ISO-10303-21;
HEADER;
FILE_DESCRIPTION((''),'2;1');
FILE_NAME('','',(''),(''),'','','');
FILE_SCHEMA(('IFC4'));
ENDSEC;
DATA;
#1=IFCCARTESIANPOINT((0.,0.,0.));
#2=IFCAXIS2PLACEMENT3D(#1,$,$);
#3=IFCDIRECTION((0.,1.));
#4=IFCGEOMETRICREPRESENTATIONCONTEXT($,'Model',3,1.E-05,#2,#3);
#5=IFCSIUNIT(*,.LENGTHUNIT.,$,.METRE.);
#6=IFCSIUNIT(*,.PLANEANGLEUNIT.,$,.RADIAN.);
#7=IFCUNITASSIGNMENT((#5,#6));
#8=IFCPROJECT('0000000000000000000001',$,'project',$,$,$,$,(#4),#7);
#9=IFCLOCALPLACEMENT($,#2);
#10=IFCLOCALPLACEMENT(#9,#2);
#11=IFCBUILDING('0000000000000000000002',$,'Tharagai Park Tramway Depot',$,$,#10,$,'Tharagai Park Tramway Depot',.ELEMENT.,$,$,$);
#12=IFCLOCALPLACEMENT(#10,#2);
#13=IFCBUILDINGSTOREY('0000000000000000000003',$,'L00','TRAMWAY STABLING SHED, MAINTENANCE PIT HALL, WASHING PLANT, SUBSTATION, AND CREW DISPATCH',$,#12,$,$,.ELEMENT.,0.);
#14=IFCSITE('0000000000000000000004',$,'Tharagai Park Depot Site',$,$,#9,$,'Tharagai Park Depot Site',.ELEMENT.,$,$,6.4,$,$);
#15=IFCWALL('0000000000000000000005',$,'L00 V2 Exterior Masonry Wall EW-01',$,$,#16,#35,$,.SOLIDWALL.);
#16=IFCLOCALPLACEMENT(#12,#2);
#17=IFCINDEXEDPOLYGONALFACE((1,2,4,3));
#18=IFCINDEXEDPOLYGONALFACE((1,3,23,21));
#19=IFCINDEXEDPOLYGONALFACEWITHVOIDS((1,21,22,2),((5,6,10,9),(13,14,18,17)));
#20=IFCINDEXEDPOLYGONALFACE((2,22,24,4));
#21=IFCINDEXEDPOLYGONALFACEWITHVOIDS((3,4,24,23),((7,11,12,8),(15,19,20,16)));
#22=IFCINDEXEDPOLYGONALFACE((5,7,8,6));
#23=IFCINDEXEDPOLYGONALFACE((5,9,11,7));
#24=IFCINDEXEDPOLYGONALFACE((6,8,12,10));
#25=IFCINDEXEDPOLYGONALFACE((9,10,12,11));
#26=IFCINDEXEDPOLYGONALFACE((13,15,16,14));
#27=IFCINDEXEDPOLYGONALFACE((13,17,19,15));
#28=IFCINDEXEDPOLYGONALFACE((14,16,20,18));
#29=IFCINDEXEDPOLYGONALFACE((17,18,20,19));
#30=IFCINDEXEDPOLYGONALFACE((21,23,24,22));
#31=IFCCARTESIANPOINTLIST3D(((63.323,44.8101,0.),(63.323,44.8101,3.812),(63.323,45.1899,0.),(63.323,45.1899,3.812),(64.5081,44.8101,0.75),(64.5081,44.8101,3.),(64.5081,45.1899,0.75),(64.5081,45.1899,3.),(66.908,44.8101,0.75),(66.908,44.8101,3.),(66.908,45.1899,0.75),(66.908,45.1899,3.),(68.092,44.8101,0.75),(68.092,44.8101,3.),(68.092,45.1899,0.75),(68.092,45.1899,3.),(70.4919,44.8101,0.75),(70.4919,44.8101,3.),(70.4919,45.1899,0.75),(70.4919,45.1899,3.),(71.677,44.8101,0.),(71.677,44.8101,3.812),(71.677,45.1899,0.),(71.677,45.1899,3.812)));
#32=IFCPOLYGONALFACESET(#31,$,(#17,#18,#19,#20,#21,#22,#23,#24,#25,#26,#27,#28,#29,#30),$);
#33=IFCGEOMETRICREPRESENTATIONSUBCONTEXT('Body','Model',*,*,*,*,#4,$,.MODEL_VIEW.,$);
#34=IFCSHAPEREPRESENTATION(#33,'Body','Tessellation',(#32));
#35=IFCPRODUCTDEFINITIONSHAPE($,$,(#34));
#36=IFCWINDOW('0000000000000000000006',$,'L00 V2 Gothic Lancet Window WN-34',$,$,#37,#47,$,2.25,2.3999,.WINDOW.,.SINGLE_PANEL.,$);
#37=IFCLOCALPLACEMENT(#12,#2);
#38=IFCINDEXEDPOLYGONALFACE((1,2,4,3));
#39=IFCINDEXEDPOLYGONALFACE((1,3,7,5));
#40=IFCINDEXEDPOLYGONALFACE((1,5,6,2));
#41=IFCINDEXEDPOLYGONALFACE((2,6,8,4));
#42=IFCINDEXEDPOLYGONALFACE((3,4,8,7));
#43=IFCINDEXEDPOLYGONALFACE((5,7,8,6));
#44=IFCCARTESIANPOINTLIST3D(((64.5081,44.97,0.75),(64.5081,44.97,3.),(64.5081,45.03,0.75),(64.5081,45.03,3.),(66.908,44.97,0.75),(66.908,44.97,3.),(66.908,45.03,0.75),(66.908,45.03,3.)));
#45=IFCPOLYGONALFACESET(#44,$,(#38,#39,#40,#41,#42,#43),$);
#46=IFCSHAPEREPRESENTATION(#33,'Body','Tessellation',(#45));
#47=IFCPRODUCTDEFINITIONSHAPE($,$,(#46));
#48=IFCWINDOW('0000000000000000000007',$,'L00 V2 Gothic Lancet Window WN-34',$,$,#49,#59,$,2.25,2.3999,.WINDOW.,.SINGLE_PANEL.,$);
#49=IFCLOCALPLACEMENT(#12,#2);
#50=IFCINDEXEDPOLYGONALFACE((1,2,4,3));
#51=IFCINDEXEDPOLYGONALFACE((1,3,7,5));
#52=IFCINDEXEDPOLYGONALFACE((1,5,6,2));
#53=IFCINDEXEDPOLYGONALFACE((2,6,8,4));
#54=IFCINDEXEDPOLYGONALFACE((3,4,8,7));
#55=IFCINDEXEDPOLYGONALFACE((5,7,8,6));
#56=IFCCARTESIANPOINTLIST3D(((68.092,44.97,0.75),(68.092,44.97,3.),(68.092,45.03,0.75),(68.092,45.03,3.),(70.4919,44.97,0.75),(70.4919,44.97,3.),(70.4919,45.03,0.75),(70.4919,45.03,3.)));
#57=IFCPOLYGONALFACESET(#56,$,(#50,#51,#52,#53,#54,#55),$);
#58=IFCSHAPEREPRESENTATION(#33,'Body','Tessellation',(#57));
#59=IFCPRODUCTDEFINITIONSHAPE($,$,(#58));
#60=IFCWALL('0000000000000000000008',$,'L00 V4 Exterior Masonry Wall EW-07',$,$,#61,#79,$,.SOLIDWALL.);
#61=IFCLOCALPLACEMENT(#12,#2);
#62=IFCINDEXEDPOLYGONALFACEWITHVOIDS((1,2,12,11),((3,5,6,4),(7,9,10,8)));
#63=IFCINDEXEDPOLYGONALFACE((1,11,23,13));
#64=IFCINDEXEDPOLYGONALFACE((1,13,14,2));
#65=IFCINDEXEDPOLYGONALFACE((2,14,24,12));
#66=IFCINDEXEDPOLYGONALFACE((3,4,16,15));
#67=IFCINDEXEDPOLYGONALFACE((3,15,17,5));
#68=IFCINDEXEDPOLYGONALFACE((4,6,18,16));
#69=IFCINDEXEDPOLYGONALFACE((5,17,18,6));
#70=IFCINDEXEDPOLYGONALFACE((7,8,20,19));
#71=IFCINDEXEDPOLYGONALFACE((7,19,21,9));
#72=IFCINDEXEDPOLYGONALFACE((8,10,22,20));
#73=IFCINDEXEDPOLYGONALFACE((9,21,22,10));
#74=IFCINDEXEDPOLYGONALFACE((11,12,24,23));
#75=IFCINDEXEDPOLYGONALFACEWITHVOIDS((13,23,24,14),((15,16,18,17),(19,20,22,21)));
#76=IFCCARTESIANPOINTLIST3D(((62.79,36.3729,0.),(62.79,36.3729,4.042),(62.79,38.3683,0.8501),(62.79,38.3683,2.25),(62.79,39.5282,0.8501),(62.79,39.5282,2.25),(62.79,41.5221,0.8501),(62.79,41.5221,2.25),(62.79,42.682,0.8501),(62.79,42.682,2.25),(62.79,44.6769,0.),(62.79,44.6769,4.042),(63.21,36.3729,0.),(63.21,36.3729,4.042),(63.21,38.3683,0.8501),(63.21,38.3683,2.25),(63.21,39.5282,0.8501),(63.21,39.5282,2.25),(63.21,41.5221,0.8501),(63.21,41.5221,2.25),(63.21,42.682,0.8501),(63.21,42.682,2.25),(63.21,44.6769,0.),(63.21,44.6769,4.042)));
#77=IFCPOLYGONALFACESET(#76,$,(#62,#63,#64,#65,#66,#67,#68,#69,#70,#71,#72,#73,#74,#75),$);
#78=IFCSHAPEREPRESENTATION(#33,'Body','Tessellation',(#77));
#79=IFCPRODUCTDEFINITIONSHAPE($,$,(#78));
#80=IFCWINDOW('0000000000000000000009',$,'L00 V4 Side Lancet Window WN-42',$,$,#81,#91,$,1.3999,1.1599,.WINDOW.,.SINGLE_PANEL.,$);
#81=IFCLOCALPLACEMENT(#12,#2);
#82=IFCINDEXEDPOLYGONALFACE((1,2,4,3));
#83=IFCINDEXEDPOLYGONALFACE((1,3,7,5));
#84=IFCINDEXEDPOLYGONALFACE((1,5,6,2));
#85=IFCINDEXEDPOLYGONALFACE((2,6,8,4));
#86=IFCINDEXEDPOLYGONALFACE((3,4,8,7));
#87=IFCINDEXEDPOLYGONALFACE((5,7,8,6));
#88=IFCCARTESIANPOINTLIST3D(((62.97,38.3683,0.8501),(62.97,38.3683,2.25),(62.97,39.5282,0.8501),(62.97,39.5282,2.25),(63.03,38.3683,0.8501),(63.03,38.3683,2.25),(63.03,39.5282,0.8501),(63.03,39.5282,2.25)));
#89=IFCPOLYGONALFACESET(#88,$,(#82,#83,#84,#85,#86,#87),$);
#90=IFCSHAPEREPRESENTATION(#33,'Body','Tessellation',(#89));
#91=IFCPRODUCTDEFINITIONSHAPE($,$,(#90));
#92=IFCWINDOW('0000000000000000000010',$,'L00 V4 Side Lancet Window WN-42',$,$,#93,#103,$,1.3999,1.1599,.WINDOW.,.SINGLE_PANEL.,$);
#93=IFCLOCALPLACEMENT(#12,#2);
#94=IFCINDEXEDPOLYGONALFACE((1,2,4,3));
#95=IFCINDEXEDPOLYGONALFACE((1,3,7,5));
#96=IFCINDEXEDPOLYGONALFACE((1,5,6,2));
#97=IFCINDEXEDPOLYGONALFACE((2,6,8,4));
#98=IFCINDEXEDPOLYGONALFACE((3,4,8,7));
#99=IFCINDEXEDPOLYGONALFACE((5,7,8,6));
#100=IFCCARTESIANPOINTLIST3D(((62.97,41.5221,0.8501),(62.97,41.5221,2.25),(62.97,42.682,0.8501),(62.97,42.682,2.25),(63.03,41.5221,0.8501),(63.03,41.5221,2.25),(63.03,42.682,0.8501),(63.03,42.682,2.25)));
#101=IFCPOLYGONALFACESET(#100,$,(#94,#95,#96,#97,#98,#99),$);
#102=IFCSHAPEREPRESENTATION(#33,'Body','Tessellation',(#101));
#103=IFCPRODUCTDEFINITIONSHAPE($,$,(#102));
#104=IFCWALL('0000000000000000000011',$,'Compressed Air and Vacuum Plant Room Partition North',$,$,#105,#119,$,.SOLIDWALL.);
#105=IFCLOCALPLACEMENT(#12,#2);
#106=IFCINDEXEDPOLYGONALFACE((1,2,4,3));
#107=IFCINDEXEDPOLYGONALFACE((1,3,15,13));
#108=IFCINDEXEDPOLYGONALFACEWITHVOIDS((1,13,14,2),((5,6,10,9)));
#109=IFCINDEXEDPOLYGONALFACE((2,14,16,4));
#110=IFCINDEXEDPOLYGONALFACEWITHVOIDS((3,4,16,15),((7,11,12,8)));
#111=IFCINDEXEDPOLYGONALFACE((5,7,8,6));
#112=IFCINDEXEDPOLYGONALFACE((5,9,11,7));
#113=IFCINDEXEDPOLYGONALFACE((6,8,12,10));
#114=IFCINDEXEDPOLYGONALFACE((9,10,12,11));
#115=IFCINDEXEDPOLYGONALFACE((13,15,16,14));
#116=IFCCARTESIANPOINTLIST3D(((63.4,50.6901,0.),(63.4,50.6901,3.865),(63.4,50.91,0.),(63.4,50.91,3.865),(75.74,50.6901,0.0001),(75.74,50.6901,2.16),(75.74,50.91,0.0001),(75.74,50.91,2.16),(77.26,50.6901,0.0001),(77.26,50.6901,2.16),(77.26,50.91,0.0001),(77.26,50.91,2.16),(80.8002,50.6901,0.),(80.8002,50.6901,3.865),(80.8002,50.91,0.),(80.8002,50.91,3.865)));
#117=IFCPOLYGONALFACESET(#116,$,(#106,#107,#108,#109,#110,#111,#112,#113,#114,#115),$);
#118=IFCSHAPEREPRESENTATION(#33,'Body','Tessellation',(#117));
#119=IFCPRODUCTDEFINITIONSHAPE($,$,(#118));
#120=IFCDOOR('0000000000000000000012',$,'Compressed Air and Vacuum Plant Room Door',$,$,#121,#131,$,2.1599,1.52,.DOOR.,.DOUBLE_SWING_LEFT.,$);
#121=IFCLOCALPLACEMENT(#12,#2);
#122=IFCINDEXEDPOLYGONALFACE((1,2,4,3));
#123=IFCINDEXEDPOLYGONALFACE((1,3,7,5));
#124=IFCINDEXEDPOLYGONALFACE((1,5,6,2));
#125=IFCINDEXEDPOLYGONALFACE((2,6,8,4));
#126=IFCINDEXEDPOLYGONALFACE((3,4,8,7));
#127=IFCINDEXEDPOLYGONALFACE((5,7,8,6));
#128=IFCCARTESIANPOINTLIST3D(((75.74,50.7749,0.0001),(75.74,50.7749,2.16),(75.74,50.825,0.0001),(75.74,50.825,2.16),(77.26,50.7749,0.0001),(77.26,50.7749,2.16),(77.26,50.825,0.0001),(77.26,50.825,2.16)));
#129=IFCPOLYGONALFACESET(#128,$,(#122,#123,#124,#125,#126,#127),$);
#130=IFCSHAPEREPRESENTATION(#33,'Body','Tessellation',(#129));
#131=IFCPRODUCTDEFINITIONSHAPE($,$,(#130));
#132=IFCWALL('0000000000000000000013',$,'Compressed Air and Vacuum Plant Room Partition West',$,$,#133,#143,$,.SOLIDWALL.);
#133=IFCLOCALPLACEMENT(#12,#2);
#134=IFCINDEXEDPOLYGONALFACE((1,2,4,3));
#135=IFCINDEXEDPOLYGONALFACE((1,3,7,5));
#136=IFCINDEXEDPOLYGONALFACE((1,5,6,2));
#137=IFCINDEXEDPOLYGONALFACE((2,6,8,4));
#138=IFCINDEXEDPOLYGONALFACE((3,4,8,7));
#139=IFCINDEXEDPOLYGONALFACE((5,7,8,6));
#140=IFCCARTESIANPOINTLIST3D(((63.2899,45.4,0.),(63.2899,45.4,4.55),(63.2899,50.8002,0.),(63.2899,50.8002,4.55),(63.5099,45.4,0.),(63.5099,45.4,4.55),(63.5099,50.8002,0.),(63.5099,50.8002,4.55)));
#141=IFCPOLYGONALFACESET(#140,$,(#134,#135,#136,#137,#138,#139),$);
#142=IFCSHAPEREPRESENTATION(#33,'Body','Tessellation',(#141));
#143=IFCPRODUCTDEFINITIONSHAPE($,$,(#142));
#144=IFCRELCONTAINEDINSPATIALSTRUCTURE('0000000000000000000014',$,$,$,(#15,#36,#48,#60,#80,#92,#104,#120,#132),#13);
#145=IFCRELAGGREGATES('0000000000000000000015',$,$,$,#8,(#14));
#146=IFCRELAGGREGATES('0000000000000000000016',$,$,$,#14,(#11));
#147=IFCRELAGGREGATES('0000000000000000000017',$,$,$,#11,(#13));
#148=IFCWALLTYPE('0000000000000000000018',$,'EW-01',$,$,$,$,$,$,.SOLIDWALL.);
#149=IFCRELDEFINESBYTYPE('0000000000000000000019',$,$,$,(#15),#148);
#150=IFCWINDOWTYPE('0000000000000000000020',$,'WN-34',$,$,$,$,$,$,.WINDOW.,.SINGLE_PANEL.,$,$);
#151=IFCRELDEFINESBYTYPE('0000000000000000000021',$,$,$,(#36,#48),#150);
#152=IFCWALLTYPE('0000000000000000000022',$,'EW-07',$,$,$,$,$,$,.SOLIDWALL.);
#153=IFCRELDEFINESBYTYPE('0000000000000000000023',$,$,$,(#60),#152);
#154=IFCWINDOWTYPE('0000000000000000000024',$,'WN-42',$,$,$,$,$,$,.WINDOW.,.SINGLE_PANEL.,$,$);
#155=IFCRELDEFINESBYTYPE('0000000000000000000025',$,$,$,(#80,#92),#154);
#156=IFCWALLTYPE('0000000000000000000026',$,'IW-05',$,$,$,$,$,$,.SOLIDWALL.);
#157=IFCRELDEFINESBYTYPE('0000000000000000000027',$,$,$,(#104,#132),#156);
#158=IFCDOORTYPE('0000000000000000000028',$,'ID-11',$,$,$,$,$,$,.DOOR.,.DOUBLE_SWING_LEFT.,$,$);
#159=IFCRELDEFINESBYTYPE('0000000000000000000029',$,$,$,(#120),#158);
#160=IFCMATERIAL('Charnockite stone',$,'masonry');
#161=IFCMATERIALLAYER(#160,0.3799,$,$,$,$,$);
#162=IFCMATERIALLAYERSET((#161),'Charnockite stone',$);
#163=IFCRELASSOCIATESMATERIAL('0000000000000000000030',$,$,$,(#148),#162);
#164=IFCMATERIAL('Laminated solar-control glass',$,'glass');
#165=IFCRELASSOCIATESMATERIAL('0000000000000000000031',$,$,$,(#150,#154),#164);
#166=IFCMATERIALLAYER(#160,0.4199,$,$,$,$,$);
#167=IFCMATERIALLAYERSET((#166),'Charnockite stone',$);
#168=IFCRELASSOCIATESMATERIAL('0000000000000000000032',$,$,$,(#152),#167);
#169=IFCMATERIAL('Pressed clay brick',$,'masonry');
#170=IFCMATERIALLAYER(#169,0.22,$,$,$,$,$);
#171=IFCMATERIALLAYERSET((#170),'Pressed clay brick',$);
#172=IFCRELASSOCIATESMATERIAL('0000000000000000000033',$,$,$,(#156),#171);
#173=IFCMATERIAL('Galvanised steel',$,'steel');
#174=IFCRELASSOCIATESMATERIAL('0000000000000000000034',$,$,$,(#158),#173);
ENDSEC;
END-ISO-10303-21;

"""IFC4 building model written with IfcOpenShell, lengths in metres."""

from ifc_helpers import new_model, si_unit, direction, frame, frame_2d, origin, place, context, subcontext, project, spatial, rectangle, extrude, material, layer, layer_set, type_object, element, fill, save


model = new_model("IFC4")

# Units and contexts
model_context = context("Model", 3, precision=1e-05, world=origin(), true_north=direction((0.0, 1.0)))
body_context = subcontext(model_context, "Body", "Model", "MODEL_VIEW")
ifc_project = project(units=[si_unit("LENGTHUNIT", "METRE"), si_unit("PLANEANGLEUNIT", "RADIAN")], contexts=[model_context])

# Site, building, storey
site_placement = place(None, origin())
site = spatial("IfcSite", under=ifc_project, at=site_placement, Name="Tharagai Park Depot Site", LongName="Tharagai Park Depot Site", CompositionType="ELEMENT", RefElevation=6.4)
building_placement = place(site_placement, origin())
building = spatial("IfcBuilding", under=site, at=building_placement, Name="Tharagai Park Tramway Depot", LongName="Tharagai Park Tramway Depot", CompositionType="ELEMENT")
storey_placement = place(building_placement, origin())
storey = spatial("IfcBuildingStorey", under=building, at=storey_placement, Name="L00", Description="TRAMWAY STABLING SHED, MAINTENANCE PIT HALL, WASHING PLANT, SUBSTATION, AND CREW DISPATCH", CompositionType="ELEMENT", Elevation=0.0)

# Walls, openings, windows
ifc_material_1 = material(Name="Charnockite stone", Category="masonry")
ifc_layer_1 = layer(ifc_material_1, 0.3799)
ifc_layer_set_1 = layer_set([ifc_layer_1], Name="Charnockite stone")
wall_type_1 = type_object("IfcWallType", Name="EW-01", PredefinedType="SOLIDWALL", material=ifc_layer_set_1)
wall_1_placement = place(storey_placement, frame((63.323, 45.0, 0.0), z_axis=(0.0, 0.0, 1.0), x_axis=(1.0, 0.0, 0.0)))
wall_1 = element("IfcWall", 1, at=wall_1_placement, inside=storey, type_object=wall_type_1, Name="L00 V2 Exterior Masonry Wall EW-01", PredefinedType="SOLIDWALL", context=body_context, shape_type="SweptSolid", body=[
    extrude(rectangle(XDim=8.354, YDim=0.3799, at=frame_2d((4.177, 0.0))), origin(), (0.0, 0.0, 1.0), 3.812),
])
opening_1_placement = place(wall_1_placement, frame((1.1851, 0.0, 0.75)))
opening_1 = element("IfcOpeningElement", 2, at=opening_1_placement, cuts=wall_1, PredefinedType="OPENING", context=body_context, shape_type="SweptSolid", body=[
    extrude(rectangle(XDim=2.3999, YDim=2.25, at=frame_2d((1.2, 1.125))), frame((0.0, 0.2, 0.0), z_axis=(0.0, -1.0, 0.0), x_axis=(1.0, 0.0, 0.0)), (0.0, 0.0, 1.0), 0.3999),
])
opening_2_placement = place(wall_1_placement, frame((4.769, 0.0, 0.75)))
opening_2 = element("IfcOpeningElement", 3, at=opening_2_placement, cuts=wall_1, PredefinedType="OPENING", context=body_context, shape_type="SweptSolid", body=[
    extrude(rectangle(XDim=2.3999, YDim=2.25, at=frame_2d((1.2, 1.125))), frame((0.0, 0.2, 0.0), z_axis=(0.0, -1.0, 0.0), x_axis=(1.0, 0.0, 0.0)), (0.0, 0.0, 1.0), 0.3999),
])
ifc_material_2 = material(Name="Laminated solar-control glass", Category="glass")
window_type_1 = type_object("IfcWindowType", Name="WN-34", PartitioningType="SINGLE_PANEL", PredefinedType="WINDOW", material=ifc_material_2)
window_1_placement = place(opening_1_placement, origin())
window_1 = element("IfcWindow", 4, at=window_1_placement, inside=storey, type_object=window_type_1, Name="L00 V2 Gothic Lancet Window WN-34", OverallHeight=2.25, OverallWidth=2.3999, PartitioningType="SINGLE_PANEL", PredefinedType="WINDOW", context=body_context, shape_type="SweptSolid", body=[
    extrude(rectangle(XDim=2.3999, YDim=2.25, at=frame_2d((1.2, 1.125))), frame((0.0, 0.03, 0.0), z_axis=(0.0, -1.0, 0.0), x_axis=(1.0, 0.0, 0.0)), (0.0, 0.0, 1.0), 0.0601),
])
fill(opening_1, window_1)
window_2_placement = place(opening_2_placement, origin())
window_2 = element("IfcWindow", 5, at=window_2_placement, inside=storey, type_object=window_type_1, Name="L00 V2 Gothic Lancet Window WN-34", OverallHeight=2.25, OverallWidth=2.3999, PartitioningType="SINGLE_PANEL", PredefinedType="WINDOW", context=body_context, shape_type="SweptSolid", body=[
    extrude(rectangle(XDim=2.3999, YDim=2.25, at=frame_2d((1.2, 1.125))), frame((0.0, 0.03, 0.0), z_axis=(0.0, -1.0, 0.0), x_axis=(1.0, 0.0, 0.0)), (0.0, 0.0, 1.0), 0.0601),
])
fill(opening_2, window_2)
ifc_layer_2 = layer(ifc_material_1, 0.4199)
ifc_layer_set_2 = layer_set([ifc_layer_2], Name="Charnockite stone")
wall_type_2 = type_object("IfcWallType", Name="EW-07", PredefinedType="SOLIDWALL", material=ifc_layer_set_2)
wall_2_placement = place(storey_placement, frame((63.0, 36.373, 0.0), z_axis=(0.0, 0.0, 1.0), x_axis=(0.0, 1.0, 0.0)))
wall_2 = element("IfcWall", 6, at=wall_2_placement, inside=storey, type_object=wall_type_2, Name="L00 V4 Exterior Masonry Wall EW-07", PredefinedType="SOLIDWALL", context=body_context, shape_type="SweptSolid", body=[
    extrude(rectangle(XDim=8.304, YDim=0.4199, at=frame_2d((4.1519, 0.0))), origin(), (0.0, 0.0, 1.0), 4.042),
])
opening_3_placement = place(wall_2_placement, frame((1.9951, 0.0, 0.8501)))
opening_3 = element("IfcOpeningElement", 7, at=opening_3_placement, cuts=wall_2, PredefinedType="OPENING", context=body_context, shape_type="SweptSolid", body=[
    extrude(rectangle(XDim=1.1599, YDim=1.3999, at=frame_2d((0.5801, 0.7))), frame((0.0, 0.22, 0.0), z_axis=(0.0, -1.0, 0.0), x_axis=(1.0, 0.0, 0.0)), (0.0, 0.0, 1.0), 0.4399),
])
opening_4_placement = place(wall_2_placement, frame((5.1489, 0.0, 0.8501)))
opening_4 = element("IfcOpeningElement", 8, at=opening_4_placement, cuts=wall_2, PredefinedType="OPENING", context=body_context, shape_type="SweptSolid", body=[
    extrude(rectangle(XDim=1.1599, YDim=1.3999, at=frame_2d((0.5801, 0.7))), frame((0.0, 0.22, 0.0), z_axis=(0.0, -1.0, 0.0), x_axis=(1.0, 0.0, 0.0)), (0.0, 0.0, 1.0), 0.4399),
])
window_type_2 = type_object("IfcWindowType", Name="WN-42", PartitioningType="SINGLE_PANEL", PredefinedType="WINDOW", material=ifc_material_2)
window_3_placement = place(opening_3_placement, origin())
window_3 = element("IfcWindow", 9, at=window_3_placement, inside=storey, type_object=window_type_2, Name="L00 V4 Side Lancet Window WN-42", OverallHeight=1.3999, OverallWidth=1.1599, PartitioningType="SINGLE_PANEL", PredefinedType="WINDOW", context=body_context, shape_type="SweptSolid", body=[
    extrude(rectangle(XDim=1.1599, YDim=1.3999, at=frame_2d((0.5801, 0.7))), frame((0.0, 0.03, 0.0), z_axis=(0.0, -1.0, 0.0), x_axis=(1.0, 0.0, 0.0)), (0.0, 0.0, 1.0), 0.0601),
])
fill(opening_3, window_3)
window_4_placement = place(opening_4_placement, origin())
window_4 = element("IfcWindow", 10, at=window_4_placement, inside=storey, type_object=window_type_2, Name="L00 V4 Side Lancet Window WN-42", OverallHeight=1.3999, OverallWidth=1.1599, PartitioningType="SINGLE_PANEL", PredefinedType="WINDOW", context=body_context, shape_type="SweptSolid", body=[
    extrude(rectangle(XDim=1.1599, YDim=1.3999, at=frame_2d((0.5801, 0.7))), frame((0.0, 0.03, 0.0), z_axis=(0.0, -1.0, 0.0), x_axis=(1.0, 0.0, 0.0)), (0.0, 0.0, 1.0), 0.0601),
])
fill(opening_4, window_4)

# Wall, opening, door
ifc_material_3 = material(Name="Pressed clay brick", Category="masonry")
ifc_layer_3 = layer(ifc_material_3, 0.22)
ifc_layer_set_3 = layer_set([ifc_layer_3], Name="Pressed clay brick")
wall_type_3 = type_object("IfcWallType", Name="IW-05", PredefinedType="SOLIDWALL", material=ifc_layer_set_3)
wall_3_placement = place(storey_placement, frame((63.3999, 50.8, 0.0), z_axis=(0.0, 0.0, 1.0), x_axis=(1.0, 0.0, 0.0)))
wall_3 = element("IfcWall", 11, at=wall_3_placement, inside=storey, type_object=wall_type_3, Name="Compressed Air and Vacuum Plant Room Partition North", PredefinedType="SOLIDWALL", context=body_context, shape_type="SweptSolid", body=[
    extrude(rectangle(XDim=17.4001, YDim=0.22, at=frame_2d((8.7002, 0.0))), origin(), (0.0, 0.0, 1.0), 3.865),
])
opening_5_placement = place(wall_3_placement, frame((12.3401, 0.0, 0.0)))
opening_5 = element("IfcOpeningElement", 12, at=opening_5_placement, cuts=wall_3, PredefinedType="OPENING", context=body_context, shape_type="SweptSolid", body=[
    extrude(rectangle(XDim=1.52, YDim=2.1599, at=frame_2d((0.76, 1.0801))), frame((0.0, 0.1199, 0.0), z_axis=(0.0, -1.0, 0.0), x_axis=(1.0, 0.0, 0.0)), (0.0, 0.0, 1.0), 0.24),
])
ifc_material_4 = material(Name="Galvanised steel", Category="steel")
door_type = type_object("IfcDoorType", Name="ID-11", OperationType="DOUBLE_SWING_LEFT", PredefinedType="DOOR", material=ifc_material_4)
door_placement = place(opening_5_placement, origin())
door = element("IfcDoor", 13, at=door_placement, inside=storey, type_object=door_type, Name="Compressed Air and Vacuum Plant Room Door", OperationType="DOUBLE_SWING_LEFT", OverallHeight=2.1599, OverallWidth=1.52, PredefinedType="DOOR", context=body_context, shape_type="SweptSolid", body=[
    extrude(rectangle(XDim=1.52, YDim=2.1599, at=frame_2d((0.76, 1.0801))), frame((0.0, 0.0249, 0.0), z_axis=(0.0, -1.0, 0.0), x_axis=(1.0, 0.0, 0.0)), (0.0, 0.0, 1.0), 0.05),
])
fill(opening_5, door)

# Wall
wall_4_placement = place(storey_placement, frame((63.3999, 45.3999, 0.0), z_axis=(0.0, 0.0, 1.0), x_axis=(0.0, 1.0, 0.0)))
element("IfcWall", 14, at=wall_4_placement, inside=storey, type_object=wall_type_3, Name="Compressed Air and Vacuum Plant Room Partition West", PredefinedType="SOLIDWALL", context=body_context, shape_type="SweptSolid", body=[
    extrude(rectangle(XDim=5.4001, YDim=0.22, at=frame_2d((2.7002, 0.0))), origin(), (0.0, 0.0, 1.0), 4.55),
])

save(model, "model.ifc")
